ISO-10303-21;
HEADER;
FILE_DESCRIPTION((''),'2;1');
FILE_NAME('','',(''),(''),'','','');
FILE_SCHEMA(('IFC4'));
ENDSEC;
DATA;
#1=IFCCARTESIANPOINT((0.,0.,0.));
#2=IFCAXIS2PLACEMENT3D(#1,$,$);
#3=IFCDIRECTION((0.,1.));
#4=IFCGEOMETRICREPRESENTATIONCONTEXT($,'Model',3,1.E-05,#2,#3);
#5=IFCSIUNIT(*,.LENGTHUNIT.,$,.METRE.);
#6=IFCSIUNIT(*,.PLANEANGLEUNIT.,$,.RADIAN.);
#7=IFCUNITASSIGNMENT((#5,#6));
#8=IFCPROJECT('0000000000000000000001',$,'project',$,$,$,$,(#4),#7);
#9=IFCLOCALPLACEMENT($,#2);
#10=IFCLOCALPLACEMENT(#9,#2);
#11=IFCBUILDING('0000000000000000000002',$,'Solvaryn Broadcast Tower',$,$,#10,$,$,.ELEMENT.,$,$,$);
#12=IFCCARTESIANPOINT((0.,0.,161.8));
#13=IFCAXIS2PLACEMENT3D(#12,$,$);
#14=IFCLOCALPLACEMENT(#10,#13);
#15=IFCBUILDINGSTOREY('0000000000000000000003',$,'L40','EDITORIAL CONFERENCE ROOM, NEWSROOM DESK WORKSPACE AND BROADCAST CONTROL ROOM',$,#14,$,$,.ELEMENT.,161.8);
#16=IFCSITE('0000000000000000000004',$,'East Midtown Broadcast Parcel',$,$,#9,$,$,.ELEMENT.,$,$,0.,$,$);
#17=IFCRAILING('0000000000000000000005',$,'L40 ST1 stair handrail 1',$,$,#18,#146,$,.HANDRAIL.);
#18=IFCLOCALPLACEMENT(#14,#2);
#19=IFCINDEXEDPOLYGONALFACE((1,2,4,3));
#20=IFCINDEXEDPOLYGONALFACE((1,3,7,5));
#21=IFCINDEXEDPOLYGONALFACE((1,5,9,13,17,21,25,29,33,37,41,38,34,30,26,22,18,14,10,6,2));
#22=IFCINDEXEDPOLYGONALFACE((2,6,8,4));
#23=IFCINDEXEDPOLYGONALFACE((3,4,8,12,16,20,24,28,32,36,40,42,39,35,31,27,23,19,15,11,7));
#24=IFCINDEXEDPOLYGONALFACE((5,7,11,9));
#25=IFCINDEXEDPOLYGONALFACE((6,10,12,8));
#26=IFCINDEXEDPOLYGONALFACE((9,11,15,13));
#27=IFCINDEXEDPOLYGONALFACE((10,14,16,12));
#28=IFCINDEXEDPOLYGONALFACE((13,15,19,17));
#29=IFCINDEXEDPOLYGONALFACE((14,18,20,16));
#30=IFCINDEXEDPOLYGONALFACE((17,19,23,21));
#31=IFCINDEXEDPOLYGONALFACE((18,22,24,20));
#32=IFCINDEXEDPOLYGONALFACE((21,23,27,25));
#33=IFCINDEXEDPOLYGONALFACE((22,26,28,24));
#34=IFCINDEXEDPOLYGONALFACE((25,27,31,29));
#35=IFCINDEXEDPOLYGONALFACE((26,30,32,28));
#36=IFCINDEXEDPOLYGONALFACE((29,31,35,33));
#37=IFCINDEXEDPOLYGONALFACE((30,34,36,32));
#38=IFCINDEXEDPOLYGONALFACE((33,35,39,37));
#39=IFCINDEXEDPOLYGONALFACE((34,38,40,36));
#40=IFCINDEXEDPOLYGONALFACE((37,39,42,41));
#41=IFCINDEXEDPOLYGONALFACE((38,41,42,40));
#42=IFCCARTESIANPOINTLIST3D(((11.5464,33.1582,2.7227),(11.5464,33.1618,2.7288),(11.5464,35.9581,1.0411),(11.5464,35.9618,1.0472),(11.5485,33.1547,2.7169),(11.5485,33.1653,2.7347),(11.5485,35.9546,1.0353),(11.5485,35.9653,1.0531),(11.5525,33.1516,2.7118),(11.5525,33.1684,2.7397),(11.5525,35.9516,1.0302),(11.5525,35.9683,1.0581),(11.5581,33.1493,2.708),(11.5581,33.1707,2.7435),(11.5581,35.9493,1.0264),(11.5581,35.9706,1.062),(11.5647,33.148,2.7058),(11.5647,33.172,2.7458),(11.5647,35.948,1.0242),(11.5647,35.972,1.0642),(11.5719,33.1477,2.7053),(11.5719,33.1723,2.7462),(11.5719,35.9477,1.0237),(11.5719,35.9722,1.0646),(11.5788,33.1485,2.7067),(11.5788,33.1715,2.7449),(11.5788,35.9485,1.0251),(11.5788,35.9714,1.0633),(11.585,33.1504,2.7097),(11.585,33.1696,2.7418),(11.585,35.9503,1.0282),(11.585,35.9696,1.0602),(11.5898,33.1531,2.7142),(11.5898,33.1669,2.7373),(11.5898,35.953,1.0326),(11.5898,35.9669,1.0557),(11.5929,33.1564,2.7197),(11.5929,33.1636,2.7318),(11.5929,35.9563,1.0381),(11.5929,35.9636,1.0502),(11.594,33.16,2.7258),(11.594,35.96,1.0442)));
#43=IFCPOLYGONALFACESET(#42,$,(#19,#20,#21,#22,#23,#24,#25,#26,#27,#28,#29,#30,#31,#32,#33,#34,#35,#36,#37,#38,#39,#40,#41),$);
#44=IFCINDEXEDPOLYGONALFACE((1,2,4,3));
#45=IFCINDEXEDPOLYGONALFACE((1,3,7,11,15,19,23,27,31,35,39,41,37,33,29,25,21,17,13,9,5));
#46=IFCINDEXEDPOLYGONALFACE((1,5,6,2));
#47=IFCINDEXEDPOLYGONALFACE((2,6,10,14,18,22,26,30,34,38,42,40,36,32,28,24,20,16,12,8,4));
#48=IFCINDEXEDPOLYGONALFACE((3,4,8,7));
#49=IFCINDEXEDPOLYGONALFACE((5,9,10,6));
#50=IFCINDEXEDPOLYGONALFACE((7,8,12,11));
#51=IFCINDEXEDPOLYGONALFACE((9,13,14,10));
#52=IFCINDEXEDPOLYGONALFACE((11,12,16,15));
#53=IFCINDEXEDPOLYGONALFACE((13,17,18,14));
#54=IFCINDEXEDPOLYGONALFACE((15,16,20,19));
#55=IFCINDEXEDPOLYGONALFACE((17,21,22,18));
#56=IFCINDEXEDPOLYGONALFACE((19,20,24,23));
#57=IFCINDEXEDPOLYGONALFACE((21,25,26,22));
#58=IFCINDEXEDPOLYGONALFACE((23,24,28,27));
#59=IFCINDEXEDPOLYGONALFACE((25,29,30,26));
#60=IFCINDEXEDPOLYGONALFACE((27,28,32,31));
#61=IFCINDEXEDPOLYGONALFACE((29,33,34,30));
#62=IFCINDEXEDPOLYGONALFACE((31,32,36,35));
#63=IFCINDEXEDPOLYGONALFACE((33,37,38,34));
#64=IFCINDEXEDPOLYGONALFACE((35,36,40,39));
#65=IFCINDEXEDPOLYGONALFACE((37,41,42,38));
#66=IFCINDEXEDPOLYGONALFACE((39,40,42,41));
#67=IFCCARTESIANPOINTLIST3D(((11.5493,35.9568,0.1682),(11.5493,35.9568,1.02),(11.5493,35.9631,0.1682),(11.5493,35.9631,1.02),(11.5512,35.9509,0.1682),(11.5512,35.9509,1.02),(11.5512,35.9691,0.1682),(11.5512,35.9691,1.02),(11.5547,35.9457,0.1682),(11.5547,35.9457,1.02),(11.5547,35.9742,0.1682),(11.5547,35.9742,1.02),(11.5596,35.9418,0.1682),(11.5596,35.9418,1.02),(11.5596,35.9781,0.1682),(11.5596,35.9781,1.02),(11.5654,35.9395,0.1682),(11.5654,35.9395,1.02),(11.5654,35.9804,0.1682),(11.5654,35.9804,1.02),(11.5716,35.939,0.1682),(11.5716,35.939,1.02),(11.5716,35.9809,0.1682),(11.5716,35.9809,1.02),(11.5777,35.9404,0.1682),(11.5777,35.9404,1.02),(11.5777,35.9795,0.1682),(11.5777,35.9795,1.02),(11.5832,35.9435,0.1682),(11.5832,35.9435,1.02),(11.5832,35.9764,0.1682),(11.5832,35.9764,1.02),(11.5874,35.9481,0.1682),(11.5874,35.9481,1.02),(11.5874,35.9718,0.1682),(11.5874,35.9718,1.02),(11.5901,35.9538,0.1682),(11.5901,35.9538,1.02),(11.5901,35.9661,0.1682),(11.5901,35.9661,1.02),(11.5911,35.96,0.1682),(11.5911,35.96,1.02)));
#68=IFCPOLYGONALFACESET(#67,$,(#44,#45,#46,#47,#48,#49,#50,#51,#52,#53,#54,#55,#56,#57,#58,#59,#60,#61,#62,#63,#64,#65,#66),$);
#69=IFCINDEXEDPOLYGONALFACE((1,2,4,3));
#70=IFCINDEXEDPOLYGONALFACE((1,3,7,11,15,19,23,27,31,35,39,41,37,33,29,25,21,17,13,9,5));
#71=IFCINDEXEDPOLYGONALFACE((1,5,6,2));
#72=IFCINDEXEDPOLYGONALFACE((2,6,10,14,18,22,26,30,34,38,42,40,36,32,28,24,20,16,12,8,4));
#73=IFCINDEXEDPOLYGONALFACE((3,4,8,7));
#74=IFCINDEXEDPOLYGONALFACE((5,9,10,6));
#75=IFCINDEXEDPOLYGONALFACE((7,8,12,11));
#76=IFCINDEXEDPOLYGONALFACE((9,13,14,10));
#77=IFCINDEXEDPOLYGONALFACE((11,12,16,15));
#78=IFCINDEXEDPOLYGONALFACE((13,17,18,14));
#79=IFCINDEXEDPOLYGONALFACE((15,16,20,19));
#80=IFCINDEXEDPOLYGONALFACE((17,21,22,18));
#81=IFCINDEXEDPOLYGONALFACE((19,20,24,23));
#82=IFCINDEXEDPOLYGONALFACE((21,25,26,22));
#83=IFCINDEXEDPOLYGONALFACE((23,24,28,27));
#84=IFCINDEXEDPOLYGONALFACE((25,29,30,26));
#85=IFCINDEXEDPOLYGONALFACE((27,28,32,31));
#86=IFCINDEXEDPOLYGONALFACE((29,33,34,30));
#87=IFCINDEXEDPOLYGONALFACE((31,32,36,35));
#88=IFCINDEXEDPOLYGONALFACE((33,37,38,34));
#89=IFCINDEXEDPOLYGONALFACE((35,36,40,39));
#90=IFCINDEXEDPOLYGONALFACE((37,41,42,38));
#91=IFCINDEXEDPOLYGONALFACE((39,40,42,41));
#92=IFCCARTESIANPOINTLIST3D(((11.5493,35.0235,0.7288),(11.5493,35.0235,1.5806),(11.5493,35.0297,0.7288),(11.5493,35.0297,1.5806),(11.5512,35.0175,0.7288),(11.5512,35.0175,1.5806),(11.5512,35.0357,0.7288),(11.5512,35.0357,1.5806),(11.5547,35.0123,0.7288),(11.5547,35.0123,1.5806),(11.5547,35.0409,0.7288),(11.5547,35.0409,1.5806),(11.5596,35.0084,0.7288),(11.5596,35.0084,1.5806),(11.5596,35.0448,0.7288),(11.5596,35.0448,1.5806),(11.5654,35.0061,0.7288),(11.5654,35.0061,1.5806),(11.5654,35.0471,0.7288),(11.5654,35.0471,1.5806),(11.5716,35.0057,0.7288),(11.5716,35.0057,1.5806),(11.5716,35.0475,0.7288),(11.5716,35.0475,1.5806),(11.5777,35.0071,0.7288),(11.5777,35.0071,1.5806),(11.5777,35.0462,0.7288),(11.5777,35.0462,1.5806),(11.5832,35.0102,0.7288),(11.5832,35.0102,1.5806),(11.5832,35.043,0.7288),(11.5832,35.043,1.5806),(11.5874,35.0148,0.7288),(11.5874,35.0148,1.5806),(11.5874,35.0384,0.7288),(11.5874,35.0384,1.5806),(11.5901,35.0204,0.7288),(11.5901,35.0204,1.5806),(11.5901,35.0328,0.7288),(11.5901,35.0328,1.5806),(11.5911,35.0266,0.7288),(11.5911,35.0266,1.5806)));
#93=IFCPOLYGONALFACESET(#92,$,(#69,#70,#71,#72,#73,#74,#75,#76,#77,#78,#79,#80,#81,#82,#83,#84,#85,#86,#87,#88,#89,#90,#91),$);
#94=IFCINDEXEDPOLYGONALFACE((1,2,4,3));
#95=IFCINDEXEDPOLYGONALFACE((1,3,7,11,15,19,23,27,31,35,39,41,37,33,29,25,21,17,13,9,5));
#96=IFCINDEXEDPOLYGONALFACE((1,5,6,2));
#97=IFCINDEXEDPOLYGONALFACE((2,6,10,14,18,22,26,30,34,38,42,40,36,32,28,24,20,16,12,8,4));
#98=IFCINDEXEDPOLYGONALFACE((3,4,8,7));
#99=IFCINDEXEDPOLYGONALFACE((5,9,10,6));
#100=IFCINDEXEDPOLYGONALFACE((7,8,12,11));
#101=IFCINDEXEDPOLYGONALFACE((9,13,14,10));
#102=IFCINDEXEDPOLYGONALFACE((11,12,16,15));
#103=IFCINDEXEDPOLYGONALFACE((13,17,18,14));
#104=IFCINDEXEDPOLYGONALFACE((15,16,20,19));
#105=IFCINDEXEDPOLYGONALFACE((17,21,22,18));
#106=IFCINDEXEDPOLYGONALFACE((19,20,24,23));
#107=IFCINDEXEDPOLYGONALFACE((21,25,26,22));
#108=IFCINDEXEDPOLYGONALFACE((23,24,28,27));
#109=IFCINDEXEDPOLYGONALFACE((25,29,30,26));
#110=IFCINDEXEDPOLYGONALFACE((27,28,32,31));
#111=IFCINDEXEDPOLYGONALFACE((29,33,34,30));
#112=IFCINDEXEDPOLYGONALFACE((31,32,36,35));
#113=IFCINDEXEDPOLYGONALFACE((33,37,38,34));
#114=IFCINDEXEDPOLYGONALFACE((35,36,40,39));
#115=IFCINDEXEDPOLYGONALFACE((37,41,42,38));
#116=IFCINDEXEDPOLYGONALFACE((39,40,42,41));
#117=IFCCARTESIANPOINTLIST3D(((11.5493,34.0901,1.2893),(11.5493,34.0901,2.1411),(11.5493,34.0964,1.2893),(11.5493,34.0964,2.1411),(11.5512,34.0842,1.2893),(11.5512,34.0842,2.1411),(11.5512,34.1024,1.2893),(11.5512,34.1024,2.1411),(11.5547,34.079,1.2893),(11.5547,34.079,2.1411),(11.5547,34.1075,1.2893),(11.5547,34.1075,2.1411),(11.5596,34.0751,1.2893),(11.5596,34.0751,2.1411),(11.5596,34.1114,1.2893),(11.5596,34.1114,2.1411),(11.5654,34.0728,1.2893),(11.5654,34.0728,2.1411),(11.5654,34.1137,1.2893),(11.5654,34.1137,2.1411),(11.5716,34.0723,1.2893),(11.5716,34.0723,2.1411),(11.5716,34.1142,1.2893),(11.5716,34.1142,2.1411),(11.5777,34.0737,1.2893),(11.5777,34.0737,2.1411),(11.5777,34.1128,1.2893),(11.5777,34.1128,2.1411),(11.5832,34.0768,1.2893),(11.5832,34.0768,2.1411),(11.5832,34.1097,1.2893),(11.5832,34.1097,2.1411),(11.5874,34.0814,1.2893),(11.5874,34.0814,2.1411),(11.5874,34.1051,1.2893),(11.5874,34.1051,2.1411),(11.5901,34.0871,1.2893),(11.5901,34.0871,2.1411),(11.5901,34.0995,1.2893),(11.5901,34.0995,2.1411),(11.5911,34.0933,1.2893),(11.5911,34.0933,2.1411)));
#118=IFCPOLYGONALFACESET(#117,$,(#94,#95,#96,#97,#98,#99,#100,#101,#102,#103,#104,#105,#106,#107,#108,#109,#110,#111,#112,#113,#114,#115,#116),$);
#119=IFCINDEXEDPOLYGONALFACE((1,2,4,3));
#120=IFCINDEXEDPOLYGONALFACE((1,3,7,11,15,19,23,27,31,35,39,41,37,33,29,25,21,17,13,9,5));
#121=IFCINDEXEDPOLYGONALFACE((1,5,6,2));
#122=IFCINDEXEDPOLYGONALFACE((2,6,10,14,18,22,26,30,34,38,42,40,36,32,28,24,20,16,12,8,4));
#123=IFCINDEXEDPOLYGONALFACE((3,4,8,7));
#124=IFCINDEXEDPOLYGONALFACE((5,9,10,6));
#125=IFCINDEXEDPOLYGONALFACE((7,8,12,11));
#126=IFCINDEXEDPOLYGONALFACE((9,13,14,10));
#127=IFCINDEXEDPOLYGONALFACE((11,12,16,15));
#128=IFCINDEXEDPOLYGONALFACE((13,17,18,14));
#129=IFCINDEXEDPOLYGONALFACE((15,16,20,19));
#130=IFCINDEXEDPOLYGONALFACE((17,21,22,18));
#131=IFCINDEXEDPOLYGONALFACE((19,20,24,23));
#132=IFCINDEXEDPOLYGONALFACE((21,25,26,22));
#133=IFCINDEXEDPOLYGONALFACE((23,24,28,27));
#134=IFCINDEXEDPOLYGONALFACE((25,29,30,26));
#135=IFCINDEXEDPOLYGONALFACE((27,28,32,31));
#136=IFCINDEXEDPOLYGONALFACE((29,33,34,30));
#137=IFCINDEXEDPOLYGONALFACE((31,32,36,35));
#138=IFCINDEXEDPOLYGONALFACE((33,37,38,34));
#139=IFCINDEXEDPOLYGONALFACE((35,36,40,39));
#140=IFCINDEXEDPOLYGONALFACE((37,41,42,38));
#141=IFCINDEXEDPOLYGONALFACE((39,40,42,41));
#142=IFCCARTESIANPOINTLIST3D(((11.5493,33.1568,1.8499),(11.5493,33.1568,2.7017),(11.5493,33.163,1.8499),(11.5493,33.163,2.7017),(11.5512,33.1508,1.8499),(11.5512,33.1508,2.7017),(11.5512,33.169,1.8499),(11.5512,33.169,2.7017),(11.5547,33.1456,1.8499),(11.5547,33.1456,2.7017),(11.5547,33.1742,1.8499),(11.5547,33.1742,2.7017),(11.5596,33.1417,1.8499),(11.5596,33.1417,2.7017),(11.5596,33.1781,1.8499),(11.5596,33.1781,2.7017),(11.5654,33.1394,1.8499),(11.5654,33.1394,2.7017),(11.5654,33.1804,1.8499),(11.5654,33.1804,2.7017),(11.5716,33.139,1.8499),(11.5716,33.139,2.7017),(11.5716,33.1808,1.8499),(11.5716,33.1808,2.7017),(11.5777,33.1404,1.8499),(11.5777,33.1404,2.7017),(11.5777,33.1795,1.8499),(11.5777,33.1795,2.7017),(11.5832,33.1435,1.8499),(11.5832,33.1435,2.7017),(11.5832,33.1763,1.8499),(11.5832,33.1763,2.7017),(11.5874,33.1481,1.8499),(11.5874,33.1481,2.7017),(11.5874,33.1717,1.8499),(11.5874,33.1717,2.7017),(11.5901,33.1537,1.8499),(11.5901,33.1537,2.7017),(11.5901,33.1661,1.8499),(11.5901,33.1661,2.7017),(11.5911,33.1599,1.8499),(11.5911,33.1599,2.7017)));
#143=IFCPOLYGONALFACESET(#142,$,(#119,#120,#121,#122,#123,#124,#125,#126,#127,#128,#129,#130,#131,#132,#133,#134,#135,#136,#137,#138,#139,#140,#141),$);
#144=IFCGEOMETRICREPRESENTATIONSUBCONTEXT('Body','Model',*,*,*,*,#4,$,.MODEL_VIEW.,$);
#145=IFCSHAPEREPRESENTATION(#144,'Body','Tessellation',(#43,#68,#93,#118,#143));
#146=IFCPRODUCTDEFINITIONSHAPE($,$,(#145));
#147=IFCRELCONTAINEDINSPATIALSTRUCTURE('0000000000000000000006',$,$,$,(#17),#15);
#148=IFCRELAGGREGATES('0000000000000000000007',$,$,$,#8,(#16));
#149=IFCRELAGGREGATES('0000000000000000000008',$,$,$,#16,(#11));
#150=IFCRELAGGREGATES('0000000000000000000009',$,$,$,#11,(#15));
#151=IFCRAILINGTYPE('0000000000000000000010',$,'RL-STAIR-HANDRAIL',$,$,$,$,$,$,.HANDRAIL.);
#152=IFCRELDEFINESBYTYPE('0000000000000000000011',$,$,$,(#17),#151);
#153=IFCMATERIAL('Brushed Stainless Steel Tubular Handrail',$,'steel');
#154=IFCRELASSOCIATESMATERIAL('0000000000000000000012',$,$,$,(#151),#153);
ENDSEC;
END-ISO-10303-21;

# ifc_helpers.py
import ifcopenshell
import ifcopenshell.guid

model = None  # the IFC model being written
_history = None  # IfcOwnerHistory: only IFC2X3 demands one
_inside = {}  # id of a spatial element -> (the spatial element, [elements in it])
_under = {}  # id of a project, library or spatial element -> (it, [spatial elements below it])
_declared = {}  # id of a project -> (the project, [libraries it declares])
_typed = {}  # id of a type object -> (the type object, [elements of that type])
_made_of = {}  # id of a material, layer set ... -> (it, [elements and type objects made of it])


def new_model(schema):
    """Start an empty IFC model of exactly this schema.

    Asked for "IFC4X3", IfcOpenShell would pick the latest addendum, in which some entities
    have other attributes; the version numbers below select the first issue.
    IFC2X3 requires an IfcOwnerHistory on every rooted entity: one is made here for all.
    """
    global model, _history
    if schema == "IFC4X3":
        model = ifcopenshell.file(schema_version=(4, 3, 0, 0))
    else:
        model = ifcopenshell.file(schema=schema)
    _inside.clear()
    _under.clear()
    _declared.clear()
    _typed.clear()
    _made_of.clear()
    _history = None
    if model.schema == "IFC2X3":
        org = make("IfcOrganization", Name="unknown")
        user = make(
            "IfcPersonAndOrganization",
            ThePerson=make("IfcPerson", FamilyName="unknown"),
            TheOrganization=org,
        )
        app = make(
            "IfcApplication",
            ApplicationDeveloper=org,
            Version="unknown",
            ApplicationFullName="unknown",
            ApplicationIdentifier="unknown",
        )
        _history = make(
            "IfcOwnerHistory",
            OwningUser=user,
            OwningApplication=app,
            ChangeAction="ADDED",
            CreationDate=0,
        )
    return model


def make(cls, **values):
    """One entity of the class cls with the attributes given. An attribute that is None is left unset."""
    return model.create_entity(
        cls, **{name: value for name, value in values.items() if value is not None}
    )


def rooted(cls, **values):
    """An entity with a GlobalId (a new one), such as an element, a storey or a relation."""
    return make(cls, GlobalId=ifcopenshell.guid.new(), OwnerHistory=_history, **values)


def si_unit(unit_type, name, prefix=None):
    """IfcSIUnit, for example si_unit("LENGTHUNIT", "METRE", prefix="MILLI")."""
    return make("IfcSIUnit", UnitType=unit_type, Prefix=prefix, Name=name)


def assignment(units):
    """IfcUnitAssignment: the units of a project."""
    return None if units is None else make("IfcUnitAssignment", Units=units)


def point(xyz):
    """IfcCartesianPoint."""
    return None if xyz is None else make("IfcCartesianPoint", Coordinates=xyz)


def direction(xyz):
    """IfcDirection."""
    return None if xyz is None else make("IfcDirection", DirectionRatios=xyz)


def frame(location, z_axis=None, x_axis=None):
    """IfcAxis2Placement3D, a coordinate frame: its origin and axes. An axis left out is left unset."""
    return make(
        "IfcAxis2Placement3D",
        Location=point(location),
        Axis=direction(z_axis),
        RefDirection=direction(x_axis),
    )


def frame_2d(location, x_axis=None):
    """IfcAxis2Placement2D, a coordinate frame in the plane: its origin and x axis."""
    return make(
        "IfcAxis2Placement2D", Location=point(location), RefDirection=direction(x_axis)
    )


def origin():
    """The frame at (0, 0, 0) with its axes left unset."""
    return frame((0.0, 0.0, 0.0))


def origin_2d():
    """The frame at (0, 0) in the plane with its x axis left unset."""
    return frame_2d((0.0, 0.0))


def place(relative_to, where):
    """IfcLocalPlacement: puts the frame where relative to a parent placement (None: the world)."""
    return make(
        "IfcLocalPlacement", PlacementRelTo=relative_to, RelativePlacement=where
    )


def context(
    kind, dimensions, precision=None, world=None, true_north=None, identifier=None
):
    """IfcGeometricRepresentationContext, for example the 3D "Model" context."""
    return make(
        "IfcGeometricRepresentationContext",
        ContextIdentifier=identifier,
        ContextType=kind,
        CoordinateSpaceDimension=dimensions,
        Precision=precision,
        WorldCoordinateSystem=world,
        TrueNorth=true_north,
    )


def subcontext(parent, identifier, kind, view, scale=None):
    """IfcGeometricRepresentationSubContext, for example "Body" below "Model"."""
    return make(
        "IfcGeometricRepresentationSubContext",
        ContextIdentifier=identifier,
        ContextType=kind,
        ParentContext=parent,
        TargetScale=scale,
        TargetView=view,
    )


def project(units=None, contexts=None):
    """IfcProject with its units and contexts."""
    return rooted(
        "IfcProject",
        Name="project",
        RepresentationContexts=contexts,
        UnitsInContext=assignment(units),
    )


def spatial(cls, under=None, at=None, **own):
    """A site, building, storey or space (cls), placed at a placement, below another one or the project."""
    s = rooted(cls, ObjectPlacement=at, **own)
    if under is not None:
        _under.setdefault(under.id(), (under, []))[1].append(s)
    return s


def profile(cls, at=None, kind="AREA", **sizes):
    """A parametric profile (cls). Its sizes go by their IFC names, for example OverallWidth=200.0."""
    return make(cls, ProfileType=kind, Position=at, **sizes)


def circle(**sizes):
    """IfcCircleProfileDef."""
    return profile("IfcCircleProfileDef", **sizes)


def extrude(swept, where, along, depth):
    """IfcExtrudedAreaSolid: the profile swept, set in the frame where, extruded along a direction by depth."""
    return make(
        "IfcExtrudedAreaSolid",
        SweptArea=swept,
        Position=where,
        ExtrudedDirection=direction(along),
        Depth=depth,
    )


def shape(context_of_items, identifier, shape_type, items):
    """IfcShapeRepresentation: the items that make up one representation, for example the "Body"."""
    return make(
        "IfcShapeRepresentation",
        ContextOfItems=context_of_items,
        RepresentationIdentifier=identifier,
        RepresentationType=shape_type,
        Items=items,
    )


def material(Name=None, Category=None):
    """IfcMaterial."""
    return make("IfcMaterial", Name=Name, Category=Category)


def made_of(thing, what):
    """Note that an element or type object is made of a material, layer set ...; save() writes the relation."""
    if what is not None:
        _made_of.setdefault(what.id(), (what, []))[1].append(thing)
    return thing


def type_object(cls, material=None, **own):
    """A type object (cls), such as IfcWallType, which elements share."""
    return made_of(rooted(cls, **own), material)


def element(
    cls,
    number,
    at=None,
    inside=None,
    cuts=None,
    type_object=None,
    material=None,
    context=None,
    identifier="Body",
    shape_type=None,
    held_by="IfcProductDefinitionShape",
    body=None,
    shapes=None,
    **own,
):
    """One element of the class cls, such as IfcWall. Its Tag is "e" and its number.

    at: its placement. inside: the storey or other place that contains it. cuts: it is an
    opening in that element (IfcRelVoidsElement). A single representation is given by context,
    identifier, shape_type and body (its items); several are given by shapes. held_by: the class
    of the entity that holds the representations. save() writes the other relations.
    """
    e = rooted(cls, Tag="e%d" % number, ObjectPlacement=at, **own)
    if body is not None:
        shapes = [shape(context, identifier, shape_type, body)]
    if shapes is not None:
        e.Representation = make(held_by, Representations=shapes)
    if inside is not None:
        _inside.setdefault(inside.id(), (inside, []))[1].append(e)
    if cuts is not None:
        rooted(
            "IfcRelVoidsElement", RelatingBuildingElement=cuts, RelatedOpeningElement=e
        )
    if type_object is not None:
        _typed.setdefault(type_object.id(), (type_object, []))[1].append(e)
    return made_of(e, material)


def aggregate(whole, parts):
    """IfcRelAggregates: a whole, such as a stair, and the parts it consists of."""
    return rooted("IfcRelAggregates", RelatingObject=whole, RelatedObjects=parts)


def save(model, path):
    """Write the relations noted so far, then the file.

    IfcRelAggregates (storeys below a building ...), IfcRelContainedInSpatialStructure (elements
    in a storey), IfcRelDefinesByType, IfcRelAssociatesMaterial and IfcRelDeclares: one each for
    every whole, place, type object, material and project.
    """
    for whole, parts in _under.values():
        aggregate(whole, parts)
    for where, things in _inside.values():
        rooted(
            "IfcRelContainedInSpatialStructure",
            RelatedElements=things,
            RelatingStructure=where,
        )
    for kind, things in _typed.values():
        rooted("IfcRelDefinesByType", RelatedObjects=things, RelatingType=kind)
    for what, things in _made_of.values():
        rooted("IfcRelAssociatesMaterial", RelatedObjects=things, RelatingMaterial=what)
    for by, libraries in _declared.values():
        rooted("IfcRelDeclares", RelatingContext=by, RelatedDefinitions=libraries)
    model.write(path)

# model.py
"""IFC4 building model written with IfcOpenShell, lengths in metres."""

from ifc_helpers import new_model, si_unit, direction, frame, origin, origin_2d, place, context, subcontext, project, spatial, circle, extrude, material, type_object, element, save


model = new_model("IFC4")

# Units and contexts
model_context = context("Model", 3, precision=1e-05, world=origin(), true_north=direction((0.0, 1.0)))
body_context = subcontext(model_context, "Body", "Model", "MODEL_VIEW")
ifc_project = project(units=[si_unit("LENGTHUNIT", "METRE"), si_unit("PLANEANGLEUNIT", "RADIAN")], contexts=[model_context])

# Site, building, storey
site_placement = place(None, origin())
site = spatial("IfcSite", under=ifc_project, at=site_placement, Name="East Midtown Broadcast Parcel", CompositionType="ELEMENT", RefElevation=0.0)
building_placement = place(site_placement, origin())
building = spatial("IfcBuilding", under=site, at=building_placement, Name="Solvaryn Broadcast Tower", CompositionType="ELEMENT")
storey_placement = place(building_placement, frame((0.0, 0.0, 161.8)))
storey = spatial("IfcBuildingStorey", under=building, at=storey_placement, Name="L40", Description="EDITORIAL CONFERENCE ROOM, NEWSROOM DESK WORKSPACE AND BROADCAST CONTROL ROOM", CompositionType="ELEMENT", Elevation=161.8)

# Railing
ifc_material_1 = material(Name="Brushed Stainless Steel Tubular Handrail", Category="steel")
railing_type_1 = type_object("IfcRailingType", Name="RL-STAIR-HANDRAIL", PredefinedType="HANDRAIL", material=ifc_material_1)
railing_1_placement = place(storey_placement, frame((11.5701, 35.96, 0.1682)))
element("IfcRailing", 1, at=railing_1_placement, inside=storey, type_object=railing_type_1, Name="L40 ST1 stair handrail 1", PredefinedType="HANDRAIL", context=body_context, shape_type="SweptSolid", body=[
    extrude(circle(Radius=0.0239, at=origin_2d()), frame((0.0, 0.0, 0.876), z_axis=(0.0, -0.857275, 0.514858), x_axis=(1.0, 0.0, 0.0)), (0.0, 0.0, 1.0), 3.2661),
    extrude(circle(Radius=0.021, at=origin_2d()), origin(), (0.0, 0.0, 1.0), 0.8518),
    extrude(circle(Radius=0.021, at=origin_2d()), frame((0.0, -0.9333, 0.5605)), (0.0, 0.0, 1.0), 0.8518),
    extrude(circle(Radius=0.021, at=origin_2d()), frame((0.0, -1.8667, 1.1211)), (0.0, 0.0, 1.0), 0.8518),
    extrude(circle(Radius=0.021, at=origin_2d()), frame((0.0, -2.8, 1.6816)), (0.0, 0.0, 1.0), 0.8518),
])

save(model, "model.ifc")
